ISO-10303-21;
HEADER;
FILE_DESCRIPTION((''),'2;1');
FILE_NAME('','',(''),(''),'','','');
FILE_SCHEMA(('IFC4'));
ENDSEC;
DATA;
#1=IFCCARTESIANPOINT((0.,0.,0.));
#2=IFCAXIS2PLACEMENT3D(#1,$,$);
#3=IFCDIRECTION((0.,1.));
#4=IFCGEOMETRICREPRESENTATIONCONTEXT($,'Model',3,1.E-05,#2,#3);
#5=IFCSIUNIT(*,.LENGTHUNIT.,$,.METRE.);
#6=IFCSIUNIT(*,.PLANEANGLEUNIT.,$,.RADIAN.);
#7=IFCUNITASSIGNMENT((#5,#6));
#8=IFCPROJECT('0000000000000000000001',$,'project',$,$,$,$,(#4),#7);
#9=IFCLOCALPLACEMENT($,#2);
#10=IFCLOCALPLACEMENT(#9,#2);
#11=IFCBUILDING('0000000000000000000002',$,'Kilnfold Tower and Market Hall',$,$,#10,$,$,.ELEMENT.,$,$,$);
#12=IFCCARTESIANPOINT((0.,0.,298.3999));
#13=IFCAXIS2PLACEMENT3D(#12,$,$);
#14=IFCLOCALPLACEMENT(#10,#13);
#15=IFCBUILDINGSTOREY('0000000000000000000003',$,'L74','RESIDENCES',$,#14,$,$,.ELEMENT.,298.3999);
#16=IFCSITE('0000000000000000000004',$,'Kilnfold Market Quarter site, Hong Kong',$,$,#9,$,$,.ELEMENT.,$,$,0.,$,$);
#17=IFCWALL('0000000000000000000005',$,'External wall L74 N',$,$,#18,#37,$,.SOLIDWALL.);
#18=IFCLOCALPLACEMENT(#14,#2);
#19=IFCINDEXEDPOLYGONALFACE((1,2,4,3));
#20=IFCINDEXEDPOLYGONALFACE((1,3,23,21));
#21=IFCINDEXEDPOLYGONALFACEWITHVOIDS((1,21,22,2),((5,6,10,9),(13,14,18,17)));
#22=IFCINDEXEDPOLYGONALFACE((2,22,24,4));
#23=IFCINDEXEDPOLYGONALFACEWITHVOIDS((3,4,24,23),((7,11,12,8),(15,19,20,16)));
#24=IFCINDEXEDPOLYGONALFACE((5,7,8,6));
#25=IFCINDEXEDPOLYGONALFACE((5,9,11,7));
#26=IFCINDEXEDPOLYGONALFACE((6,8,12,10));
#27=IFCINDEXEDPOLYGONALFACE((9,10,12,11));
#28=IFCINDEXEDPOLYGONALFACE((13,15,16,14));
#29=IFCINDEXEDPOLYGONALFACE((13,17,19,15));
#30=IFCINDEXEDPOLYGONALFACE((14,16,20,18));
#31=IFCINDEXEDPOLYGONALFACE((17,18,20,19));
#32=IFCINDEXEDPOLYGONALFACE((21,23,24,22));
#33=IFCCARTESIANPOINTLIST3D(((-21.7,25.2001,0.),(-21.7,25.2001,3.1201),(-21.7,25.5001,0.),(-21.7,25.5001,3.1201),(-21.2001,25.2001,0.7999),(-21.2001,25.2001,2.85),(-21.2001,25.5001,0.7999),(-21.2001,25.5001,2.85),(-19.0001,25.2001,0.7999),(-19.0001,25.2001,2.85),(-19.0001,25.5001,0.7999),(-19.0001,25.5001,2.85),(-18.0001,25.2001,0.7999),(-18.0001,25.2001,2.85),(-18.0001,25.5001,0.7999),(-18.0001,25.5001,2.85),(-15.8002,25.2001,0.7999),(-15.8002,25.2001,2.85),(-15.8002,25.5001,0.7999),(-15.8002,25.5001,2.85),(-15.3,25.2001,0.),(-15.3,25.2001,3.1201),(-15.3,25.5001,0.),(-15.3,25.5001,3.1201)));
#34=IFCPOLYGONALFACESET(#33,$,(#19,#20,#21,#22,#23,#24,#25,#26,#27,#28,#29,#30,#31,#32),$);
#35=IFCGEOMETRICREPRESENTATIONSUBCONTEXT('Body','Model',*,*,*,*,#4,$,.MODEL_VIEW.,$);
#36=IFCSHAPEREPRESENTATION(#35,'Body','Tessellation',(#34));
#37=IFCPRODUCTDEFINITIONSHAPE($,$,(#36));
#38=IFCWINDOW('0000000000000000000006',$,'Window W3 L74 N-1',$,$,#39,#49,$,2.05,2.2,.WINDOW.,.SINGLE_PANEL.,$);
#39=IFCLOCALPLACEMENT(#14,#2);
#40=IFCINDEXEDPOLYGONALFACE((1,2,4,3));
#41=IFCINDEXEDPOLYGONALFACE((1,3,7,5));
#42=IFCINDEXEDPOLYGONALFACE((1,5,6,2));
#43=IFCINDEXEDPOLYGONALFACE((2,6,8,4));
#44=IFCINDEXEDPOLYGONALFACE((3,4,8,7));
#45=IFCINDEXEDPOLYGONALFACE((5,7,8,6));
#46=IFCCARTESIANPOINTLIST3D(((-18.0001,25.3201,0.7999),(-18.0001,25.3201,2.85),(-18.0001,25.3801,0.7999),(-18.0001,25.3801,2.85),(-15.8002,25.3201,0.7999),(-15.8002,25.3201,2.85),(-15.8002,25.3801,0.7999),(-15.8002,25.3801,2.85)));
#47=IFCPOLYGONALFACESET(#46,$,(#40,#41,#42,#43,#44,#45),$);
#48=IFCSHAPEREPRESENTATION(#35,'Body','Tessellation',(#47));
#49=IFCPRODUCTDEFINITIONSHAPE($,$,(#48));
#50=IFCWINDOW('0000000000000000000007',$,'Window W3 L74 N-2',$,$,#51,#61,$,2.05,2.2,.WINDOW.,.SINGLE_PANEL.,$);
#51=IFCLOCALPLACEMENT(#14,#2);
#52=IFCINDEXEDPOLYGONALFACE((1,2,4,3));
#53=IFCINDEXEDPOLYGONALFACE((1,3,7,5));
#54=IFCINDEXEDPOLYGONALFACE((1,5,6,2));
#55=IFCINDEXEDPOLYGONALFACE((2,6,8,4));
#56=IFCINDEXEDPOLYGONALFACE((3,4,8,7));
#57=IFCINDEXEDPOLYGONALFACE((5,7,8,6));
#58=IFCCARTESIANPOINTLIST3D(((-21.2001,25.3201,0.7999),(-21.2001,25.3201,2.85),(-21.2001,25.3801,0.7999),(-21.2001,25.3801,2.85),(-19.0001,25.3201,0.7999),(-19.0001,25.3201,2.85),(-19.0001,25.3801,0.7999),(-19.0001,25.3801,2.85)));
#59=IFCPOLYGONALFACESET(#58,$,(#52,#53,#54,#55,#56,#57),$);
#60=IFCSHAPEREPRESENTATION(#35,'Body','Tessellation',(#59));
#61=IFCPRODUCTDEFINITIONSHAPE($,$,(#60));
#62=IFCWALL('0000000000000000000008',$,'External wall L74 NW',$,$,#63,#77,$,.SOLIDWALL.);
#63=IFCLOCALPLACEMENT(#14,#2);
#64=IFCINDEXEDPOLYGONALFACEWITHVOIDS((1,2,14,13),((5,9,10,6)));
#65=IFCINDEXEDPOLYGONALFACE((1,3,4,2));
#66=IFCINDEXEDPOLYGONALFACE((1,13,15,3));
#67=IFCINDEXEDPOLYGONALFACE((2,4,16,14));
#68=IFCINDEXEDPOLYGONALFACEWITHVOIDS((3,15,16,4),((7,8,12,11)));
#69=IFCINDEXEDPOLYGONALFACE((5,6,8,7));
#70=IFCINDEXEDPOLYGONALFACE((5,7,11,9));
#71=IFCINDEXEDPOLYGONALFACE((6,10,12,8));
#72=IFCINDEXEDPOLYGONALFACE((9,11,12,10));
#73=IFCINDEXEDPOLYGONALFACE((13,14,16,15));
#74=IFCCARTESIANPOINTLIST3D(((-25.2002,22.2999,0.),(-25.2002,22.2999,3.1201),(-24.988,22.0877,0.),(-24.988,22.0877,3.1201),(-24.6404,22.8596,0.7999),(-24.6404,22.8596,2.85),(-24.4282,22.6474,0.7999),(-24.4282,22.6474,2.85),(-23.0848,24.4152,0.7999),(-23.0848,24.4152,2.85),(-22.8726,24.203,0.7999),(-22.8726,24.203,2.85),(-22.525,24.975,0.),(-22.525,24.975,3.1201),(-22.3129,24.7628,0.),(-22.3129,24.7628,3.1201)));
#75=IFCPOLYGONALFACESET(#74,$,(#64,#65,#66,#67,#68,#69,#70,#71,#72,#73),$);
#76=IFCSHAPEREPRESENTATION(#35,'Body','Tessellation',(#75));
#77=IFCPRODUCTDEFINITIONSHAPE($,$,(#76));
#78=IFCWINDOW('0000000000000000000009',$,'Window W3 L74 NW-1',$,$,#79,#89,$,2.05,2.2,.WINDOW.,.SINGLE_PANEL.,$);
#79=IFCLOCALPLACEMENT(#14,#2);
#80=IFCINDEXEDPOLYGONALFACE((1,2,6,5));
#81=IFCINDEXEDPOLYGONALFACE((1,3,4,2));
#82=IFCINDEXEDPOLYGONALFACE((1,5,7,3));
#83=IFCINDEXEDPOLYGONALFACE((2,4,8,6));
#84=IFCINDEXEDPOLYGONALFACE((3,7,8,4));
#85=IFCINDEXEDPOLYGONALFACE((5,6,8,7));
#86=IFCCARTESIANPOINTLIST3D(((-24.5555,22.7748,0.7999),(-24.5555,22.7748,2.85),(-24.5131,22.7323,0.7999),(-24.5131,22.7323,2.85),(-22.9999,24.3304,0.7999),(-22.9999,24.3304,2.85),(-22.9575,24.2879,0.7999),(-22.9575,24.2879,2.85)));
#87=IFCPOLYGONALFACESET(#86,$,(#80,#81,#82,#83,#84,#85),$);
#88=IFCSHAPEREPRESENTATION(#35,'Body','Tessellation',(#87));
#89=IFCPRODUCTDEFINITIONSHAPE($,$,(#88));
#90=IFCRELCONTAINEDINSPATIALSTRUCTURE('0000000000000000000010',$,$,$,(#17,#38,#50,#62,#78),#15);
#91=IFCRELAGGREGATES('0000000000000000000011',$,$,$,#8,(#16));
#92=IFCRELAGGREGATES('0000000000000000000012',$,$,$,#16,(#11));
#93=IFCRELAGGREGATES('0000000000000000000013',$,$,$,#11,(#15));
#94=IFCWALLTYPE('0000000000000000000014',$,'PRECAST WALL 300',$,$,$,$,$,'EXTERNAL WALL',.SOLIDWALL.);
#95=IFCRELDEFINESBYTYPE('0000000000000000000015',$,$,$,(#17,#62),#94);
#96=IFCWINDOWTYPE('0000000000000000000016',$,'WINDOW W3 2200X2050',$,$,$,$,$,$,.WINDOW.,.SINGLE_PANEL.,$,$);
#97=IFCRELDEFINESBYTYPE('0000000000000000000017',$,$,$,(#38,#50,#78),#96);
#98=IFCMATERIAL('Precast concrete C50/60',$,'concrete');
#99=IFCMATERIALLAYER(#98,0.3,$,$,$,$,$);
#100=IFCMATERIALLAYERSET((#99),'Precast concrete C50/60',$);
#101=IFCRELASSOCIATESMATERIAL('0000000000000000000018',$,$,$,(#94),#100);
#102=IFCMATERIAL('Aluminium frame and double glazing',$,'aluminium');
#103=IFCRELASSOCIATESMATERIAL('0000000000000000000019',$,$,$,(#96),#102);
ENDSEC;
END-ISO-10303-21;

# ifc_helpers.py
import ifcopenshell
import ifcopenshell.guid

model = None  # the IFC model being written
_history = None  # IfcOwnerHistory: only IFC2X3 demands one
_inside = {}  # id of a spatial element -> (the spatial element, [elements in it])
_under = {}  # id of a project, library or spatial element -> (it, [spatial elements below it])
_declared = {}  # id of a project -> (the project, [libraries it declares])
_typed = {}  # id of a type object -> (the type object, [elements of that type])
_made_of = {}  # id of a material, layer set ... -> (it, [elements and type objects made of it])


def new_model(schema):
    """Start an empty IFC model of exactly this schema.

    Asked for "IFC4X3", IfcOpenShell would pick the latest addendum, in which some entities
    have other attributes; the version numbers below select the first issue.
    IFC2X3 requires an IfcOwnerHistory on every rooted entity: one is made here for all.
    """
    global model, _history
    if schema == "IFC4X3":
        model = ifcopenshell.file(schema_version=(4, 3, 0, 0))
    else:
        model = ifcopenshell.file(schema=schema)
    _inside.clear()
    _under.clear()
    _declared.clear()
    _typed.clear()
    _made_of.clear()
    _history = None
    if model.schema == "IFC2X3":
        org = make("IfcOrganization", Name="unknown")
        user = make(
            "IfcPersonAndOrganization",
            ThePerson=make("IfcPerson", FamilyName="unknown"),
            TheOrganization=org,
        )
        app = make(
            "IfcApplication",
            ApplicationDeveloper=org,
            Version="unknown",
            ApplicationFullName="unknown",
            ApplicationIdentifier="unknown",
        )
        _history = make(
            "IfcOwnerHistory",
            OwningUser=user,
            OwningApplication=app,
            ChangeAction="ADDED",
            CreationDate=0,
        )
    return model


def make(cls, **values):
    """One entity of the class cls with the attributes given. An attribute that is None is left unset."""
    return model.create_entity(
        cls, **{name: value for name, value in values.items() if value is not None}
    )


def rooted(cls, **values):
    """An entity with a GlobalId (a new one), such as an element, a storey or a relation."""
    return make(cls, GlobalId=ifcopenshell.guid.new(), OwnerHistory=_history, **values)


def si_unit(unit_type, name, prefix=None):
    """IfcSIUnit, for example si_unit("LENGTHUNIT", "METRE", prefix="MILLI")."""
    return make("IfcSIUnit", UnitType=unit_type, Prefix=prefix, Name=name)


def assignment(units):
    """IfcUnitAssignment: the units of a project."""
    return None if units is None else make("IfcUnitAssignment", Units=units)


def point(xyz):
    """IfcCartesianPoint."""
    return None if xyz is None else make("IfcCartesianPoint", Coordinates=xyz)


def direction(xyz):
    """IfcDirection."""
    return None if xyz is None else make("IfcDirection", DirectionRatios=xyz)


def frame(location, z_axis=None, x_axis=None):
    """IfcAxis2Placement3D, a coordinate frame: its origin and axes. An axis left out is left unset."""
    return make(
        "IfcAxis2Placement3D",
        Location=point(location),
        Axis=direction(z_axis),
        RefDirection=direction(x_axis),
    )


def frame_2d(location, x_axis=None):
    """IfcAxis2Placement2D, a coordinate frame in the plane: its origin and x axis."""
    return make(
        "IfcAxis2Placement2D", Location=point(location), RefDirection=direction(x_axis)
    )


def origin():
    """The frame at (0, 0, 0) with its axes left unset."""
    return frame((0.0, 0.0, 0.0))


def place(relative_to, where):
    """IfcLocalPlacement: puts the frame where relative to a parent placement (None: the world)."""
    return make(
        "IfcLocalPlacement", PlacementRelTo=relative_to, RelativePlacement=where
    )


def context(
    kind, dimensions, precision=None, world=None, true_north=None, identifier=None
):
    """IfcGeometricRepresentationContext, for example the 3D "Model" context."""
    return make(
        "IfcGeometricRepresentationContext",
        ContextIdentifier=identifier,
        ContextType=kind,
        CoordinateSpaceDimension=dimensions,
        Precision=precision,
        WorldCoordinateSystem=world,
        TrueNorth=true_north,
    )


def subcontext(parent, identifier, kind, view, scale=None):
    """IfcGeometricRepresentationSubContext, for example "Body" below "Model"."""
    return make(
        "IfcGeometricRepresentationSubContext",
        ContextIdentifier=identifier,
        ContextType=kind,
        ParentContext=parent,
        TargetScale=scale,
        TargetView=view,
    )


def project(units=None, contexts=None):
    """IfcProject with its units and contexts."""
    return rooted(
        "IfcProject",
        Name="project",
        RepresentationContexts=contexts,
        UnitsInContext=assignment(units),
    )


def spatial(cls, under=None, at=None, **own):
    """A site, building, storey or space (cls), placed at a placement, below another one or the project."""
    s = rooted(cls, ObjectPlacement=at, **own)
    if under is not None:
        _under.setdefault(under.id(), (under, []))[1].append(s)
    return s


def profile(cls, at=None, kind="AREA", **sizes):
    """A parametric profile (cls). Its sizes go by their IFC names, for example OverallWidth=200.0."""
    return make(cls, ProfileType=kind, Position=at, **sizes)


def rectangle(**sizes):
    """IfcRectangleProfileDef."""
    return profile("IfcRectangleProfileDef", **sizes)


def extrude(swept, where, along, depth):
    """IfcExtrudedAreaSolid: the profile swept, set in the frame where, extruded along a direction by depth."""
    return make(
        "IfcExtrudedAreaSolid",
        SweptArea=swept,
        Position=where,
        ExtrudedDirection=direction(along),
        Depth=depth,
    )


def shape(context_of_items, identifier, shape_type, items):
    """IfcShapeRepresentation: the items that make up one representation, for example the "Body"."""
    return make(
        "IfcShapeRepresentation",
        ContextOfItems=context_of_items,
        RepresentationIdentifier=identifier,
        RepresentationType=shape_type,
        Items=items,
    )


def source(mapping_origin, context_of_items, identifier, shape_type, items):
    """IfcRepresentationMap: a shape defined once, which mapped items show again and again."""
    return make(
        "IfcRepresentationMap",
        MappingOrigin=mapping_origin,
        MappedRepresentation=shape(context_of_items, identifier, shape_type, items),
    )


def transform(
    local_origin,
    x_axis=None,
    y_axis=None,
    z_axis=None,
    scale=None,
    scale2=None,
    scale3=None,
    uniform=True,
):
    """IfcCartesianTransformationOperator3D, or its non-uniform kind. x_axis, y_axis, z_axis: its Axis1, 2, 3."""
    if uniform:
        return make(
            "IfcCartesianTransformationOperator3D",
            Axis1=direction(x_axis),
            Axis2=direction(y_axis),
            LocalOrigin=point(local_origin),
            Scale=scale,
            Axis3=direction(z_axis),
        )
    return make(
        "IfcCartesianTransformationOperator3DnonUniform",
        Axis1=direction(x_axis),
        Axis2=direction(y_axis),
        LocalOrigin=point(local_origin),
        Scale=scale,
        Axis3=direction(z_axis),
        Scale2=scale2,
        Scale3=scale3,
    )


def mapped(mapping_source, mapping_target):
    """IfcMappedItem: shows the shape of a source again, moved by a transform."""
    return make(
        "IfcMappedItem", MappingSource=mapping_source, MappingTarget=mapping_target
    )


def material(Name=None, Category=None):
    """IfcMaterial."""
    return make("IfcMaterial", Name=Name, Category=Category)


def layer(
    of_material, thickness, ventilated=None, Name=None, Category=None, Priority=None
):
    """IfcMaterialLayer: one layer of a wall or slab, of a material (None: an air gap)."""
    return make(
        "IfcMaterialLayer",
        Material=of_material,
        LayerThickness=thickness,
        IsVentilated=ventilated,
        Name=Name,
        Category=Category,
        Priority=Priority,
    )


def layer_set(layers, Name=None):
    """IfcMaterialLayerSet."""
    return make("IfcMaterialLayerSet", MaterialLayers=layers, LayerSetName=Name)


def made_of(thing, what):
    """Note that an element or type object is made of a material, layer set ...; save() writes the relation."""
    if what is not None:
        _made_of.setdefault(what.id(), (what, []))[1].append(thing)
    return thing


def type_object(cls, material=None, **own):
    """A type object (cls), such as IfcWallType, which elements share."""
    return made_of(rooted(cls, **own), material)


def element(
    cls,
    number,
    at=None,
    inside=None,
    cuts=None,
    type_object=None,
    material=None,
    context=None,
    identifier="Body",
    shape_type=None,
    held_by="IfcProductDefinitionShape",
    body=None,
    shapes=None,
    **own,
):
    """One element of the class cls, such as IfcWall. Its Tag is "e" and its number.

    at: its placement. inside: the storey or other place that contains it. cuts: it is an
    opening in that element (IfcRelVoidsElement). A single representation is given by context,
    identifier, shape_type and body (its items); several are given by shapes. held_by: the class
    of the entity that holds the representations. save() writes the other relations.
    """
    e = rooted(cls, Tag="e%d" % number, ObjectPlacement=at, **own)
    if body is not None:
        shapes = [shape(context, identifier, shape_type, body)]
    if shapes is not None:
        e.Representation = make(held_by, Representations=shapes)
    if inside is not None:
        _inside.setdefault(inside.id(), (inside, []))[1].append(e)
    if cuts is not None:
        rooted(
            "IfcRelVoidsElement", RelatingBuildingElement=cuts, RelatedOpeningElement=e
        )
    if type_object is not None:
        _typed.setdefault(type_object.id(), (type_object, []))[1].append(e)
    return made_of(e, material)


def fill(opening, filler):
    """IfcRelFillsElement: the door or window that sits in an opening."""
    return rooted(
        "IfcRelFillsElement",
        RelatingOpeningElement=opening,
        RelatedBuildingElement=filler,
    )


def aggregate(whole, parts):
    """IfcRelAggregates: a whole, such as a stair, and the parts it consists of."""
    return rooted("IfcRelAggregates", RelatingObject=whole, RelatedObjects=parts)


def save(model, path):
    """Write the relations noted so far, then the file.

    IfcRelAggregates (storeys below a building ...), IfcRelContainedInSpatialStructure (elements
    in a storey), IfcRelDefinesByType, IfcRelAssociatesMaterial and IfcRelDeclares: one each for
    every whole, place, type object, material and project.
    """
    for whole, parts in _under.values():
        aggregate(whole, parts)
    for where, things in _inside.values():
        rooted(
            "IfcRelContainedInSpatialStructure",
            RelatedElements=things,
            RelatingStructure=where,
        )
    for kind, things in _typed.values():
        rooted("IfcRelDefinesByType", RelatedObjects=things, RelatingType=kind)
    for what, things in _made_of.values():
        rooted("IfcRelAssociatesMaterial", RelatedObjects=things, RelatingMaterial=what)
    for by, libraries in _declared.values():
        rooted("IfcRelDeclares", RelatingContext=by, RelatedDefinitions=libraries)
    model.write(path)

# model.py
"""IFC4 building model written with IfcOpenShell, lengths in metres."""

from ifc_helpers import new_model, si_unit, direction, frame, frame_2d, origin, place, context, subcontext, project, spatial, rectangle, extrude, source, transform, mapped, material, layer, layer_set, type_object, element, fill, save


model = new_model("IFC4")

# Units and contexts
model_context = context("Model", 3, precision=1e-05, world=origin(), true_north=direction((0.0, 1.0)))
body_context = subcontext(model_context, "Body", "Model", "MODEL_VIEW")
ifc_project = project(units=[si_unit("LENGTHUNIT", "METRE"), si_unit("PLANEANGLEUNIT", "RADIAN")], contexts=[model_context])

# Site, building, storey
site_placement = place(None, origin())
site = spatial("IfcSite", under=ifc_project, at=site_placement, Name="Kilnfold Market Quarter site, Hong Kong", CompositionType="ELEMENT", RefElevation=0.0)
building_placement = place(site_placement, origin())
building = spatial("IfcBuilding", under=site, at=building_placement, Name="Kilnfold Tower and Market Hall", CompositionType="ELEMENT")
storey_placement = place(building_placement, frame((0.0, 0.0, 298.3999)))
storey = spatial("IfcBuildingStorey", under=building, at=storey_placement, Name="L74", Description="RESIDENCES", CompositionType="ELEMENT", Elevation=298.3999)

# Wall, openings, windows
ifc_material_1 = material(Name="Precast concrete C50/60", Category="concrete")
ifc_layer_1 = layer(ifc_material_1, 0.3)
ifc_layer_set_1 = layer_set([ifc_layer_1], Name="Precast concrete C50/60")
wall_type_1 = type_object("IfcWallType", Name="PRECAST WALL 300", ElementType="EXTERNAL WALL", PredefinedType="SOLIDWALL", material=ifc_layer_set_1)
shared_shape_1 = source(origin(), body_context, "Body", "SweptSolid", [
    extrude(rectangle(XDim=6.3999, YDim=0.3, at=frame_2d((3.2, 0.0))), origin(), (0.0, 0.0, 1.0), 3.1201),
])
wall_1_placement = place(storey_placement, frame((-15.3, 25.3501, 0.0), z_axis=(0.0, 0.0, 1.0), x_axis=(-1.0, 0.0, 0.0)))
wall_1 = element("IfcWall", 1, at=wall_1_placement, inside=storey, type_object=wall_type_1, Name="External wall L74 N", PredefinedType="SOLIDWALL", context=body_context, shape_type="MappedRepresentation", body=[
    mapped(shared_shape_1, transform((0.0, 0.0, 0.0))),
])
opening_1_placement = place(wall_1_placement, frame((0.5, 0.0, 0.8)))
opening_1 = element("IfcOpeningElement", 2, at=opening_1_placement, cuts=wall_1, PredefinedType="OPENING", context=body_context, shape_type="SweptSolid", body=[
    extrude(rectangle(XDim=2.2, YDim=2.05, at=frame_2d((1.1001, 1.0249))), frame((0.0, 0.1602, 0.0), z_axis=(0.0, -1.0, 0.0), x_axis=(1.0, 0.0, 0.0)), (0.0, 0.0, 1.0), 0.3201),
])
opening_2_placement = place(wall_1_placement, frame((3.7, 0.0, 0.8)))
opening_2 = element("IfcOpeningElement", 3, at=opening_2_placement, cuts=wall_1, PredefinedType="OPENING", context=body_context, shape_type="SweptSolid", body=[
    extrude(rectangle(XDim=2.2, YDim=2.05, at=frame_2d((1.1001, 1.0249))), frame((0.0, 0.1602, 0.0), z_axis=(0.0, -1.0, 0.0), x_axis=(1.0, 0.0, 0.0)), (0.0, 0.0, 1.0), 0.3201),
])
ifc_material_2 = material(Name="Aluminium frame and double glazing", Category="aluminium")
window_type = type_object("IfcWindowType", Name="WINDOW W3 2200X2050", PartitioningType="SINGLE_PANEL", PredefinedType="WINDOW", material=ifc_material_2)
window_1_placement = place(opening_1_placement, origin())
window_1 = element("IfcWindow", 4, at=window_1_placement, inside=storey, type_object=window_type, Name="Window W3 L74 N-1", OverallHeight=2.05, OverallWidth=2.2, PartitioningType="SINGLE_PANEL", PredefinedType="WINDOW", context=body_context, shape_type="SweptSolid", body=[
    extrude(rectangle(XDim=2.2, YDim=2.05, at=frame_2d((1.1001, 1.0249))), frame((0.0, 0.03, 0.0), z_axis=(0.0, -1.0, 0.0), x_axis=(1.0, 0.0, 0.0)), (0.0, 0.0, 1.0), 0.0601),
])
fill(opening_1, window_1)
window_2_placement = place(opening_2_placement, origin())
window_2 = element("IfcWindow", 5, at=window_2_placement, inside=storey, type_object=window_type, Name="Window W3 L74 N-2", OverallHeight=2.05, OverallWidth=2.2, PartitioningType="SINGLE_PANEL", PredefinedType="WINDOW", context=body_context, shape_type="SweptSolid", body=[
    extrude(rectangle(XDim=2.2, YDim=2.05, at=frame_2d((1.1001, 1.0249))), frame((0.0, 0.03, 0.0), z_axis=(0.0, -1.0, 0.0), x_axis=(1.0, 0.0, 0.0)), (0.0, 0.0, 1.0), 0.0601),
])
fill(opening_2, window_2)

# Wall, opening, window
shared_shape_2 = source(origin(), body_context, "Body", "SweptSolid", [
    extrude(rectangle(XDim=3.7832, YDim=0.3, at=frame_2d((1.8916, 0.0))), origin(), (0.0, 0.0, 1.0), 3.1201),
])
wall_2_placement = place(storey_placement, frame((-22.4189, 24.8689, 0.0), z_axis=(0.0, 0.0, 1.0), x_axis=(-0.707107, -0.707107, 0.0)))
wall_2 = element("IfcWall", 6, at=wall_2_placement, inside=storey, type_object=wall_type_1, Name="External wall L74 NW", PredefinedType="SOLIDWALL", context=body_context, shape_type="MappedRepresentation", body=[
    mapped(shared_shape_2, transform((0.0, 0.0, 0.0))),
])
opening_3_placement = place(wall_2_placement, frame((0.7915, 0.0, 0.8)))
opening_3 = element("IfcOpeningElement", 7, at=opening_3_placement, cuts=wall_2, PredefinedType="OPENING", context=body_context, shape_type="SweptSolid", body=[
    extrude(rectangle(XDim=2.2, YDim=2.05, at=frame_2d((1.1001, 1.0249))), frame((0.0, 0.1602, 0.0), z_axis=(0.0, -1.0, 0.0), x_axis=(1.0, 0.0, 0.0)), (0.0, 0.0, 1.0), 0.3201),
])
window_3_placement = place(opening_3_placement, origin())
window_3 = element("IfcWindow", 8, at=window_3_placement, inside=storey, type_object=window_type, Name="Window W3 L74 NW-1", OverallHeight=2.05, OverallWidth=2.2, PartitioningType="SINGLE_PANEL", PredefinedType="WINDOW", context=body_context, shape_type="SweptSolid", body=[
    extrude(rectangle(XDim=2.2, YDim=2.05, at=frame_2d((1.1001, 1.0249))), frame((0.0, 0.03, 0.0), z_axis=(0.0, -1.0, 0.0), x_axis=(1.0, 0.0, 0.0)), (0.0, 0.0, 1.0), 0.0601),
])
fill(opening_3, window_3)

save(model, "model.ifc")
